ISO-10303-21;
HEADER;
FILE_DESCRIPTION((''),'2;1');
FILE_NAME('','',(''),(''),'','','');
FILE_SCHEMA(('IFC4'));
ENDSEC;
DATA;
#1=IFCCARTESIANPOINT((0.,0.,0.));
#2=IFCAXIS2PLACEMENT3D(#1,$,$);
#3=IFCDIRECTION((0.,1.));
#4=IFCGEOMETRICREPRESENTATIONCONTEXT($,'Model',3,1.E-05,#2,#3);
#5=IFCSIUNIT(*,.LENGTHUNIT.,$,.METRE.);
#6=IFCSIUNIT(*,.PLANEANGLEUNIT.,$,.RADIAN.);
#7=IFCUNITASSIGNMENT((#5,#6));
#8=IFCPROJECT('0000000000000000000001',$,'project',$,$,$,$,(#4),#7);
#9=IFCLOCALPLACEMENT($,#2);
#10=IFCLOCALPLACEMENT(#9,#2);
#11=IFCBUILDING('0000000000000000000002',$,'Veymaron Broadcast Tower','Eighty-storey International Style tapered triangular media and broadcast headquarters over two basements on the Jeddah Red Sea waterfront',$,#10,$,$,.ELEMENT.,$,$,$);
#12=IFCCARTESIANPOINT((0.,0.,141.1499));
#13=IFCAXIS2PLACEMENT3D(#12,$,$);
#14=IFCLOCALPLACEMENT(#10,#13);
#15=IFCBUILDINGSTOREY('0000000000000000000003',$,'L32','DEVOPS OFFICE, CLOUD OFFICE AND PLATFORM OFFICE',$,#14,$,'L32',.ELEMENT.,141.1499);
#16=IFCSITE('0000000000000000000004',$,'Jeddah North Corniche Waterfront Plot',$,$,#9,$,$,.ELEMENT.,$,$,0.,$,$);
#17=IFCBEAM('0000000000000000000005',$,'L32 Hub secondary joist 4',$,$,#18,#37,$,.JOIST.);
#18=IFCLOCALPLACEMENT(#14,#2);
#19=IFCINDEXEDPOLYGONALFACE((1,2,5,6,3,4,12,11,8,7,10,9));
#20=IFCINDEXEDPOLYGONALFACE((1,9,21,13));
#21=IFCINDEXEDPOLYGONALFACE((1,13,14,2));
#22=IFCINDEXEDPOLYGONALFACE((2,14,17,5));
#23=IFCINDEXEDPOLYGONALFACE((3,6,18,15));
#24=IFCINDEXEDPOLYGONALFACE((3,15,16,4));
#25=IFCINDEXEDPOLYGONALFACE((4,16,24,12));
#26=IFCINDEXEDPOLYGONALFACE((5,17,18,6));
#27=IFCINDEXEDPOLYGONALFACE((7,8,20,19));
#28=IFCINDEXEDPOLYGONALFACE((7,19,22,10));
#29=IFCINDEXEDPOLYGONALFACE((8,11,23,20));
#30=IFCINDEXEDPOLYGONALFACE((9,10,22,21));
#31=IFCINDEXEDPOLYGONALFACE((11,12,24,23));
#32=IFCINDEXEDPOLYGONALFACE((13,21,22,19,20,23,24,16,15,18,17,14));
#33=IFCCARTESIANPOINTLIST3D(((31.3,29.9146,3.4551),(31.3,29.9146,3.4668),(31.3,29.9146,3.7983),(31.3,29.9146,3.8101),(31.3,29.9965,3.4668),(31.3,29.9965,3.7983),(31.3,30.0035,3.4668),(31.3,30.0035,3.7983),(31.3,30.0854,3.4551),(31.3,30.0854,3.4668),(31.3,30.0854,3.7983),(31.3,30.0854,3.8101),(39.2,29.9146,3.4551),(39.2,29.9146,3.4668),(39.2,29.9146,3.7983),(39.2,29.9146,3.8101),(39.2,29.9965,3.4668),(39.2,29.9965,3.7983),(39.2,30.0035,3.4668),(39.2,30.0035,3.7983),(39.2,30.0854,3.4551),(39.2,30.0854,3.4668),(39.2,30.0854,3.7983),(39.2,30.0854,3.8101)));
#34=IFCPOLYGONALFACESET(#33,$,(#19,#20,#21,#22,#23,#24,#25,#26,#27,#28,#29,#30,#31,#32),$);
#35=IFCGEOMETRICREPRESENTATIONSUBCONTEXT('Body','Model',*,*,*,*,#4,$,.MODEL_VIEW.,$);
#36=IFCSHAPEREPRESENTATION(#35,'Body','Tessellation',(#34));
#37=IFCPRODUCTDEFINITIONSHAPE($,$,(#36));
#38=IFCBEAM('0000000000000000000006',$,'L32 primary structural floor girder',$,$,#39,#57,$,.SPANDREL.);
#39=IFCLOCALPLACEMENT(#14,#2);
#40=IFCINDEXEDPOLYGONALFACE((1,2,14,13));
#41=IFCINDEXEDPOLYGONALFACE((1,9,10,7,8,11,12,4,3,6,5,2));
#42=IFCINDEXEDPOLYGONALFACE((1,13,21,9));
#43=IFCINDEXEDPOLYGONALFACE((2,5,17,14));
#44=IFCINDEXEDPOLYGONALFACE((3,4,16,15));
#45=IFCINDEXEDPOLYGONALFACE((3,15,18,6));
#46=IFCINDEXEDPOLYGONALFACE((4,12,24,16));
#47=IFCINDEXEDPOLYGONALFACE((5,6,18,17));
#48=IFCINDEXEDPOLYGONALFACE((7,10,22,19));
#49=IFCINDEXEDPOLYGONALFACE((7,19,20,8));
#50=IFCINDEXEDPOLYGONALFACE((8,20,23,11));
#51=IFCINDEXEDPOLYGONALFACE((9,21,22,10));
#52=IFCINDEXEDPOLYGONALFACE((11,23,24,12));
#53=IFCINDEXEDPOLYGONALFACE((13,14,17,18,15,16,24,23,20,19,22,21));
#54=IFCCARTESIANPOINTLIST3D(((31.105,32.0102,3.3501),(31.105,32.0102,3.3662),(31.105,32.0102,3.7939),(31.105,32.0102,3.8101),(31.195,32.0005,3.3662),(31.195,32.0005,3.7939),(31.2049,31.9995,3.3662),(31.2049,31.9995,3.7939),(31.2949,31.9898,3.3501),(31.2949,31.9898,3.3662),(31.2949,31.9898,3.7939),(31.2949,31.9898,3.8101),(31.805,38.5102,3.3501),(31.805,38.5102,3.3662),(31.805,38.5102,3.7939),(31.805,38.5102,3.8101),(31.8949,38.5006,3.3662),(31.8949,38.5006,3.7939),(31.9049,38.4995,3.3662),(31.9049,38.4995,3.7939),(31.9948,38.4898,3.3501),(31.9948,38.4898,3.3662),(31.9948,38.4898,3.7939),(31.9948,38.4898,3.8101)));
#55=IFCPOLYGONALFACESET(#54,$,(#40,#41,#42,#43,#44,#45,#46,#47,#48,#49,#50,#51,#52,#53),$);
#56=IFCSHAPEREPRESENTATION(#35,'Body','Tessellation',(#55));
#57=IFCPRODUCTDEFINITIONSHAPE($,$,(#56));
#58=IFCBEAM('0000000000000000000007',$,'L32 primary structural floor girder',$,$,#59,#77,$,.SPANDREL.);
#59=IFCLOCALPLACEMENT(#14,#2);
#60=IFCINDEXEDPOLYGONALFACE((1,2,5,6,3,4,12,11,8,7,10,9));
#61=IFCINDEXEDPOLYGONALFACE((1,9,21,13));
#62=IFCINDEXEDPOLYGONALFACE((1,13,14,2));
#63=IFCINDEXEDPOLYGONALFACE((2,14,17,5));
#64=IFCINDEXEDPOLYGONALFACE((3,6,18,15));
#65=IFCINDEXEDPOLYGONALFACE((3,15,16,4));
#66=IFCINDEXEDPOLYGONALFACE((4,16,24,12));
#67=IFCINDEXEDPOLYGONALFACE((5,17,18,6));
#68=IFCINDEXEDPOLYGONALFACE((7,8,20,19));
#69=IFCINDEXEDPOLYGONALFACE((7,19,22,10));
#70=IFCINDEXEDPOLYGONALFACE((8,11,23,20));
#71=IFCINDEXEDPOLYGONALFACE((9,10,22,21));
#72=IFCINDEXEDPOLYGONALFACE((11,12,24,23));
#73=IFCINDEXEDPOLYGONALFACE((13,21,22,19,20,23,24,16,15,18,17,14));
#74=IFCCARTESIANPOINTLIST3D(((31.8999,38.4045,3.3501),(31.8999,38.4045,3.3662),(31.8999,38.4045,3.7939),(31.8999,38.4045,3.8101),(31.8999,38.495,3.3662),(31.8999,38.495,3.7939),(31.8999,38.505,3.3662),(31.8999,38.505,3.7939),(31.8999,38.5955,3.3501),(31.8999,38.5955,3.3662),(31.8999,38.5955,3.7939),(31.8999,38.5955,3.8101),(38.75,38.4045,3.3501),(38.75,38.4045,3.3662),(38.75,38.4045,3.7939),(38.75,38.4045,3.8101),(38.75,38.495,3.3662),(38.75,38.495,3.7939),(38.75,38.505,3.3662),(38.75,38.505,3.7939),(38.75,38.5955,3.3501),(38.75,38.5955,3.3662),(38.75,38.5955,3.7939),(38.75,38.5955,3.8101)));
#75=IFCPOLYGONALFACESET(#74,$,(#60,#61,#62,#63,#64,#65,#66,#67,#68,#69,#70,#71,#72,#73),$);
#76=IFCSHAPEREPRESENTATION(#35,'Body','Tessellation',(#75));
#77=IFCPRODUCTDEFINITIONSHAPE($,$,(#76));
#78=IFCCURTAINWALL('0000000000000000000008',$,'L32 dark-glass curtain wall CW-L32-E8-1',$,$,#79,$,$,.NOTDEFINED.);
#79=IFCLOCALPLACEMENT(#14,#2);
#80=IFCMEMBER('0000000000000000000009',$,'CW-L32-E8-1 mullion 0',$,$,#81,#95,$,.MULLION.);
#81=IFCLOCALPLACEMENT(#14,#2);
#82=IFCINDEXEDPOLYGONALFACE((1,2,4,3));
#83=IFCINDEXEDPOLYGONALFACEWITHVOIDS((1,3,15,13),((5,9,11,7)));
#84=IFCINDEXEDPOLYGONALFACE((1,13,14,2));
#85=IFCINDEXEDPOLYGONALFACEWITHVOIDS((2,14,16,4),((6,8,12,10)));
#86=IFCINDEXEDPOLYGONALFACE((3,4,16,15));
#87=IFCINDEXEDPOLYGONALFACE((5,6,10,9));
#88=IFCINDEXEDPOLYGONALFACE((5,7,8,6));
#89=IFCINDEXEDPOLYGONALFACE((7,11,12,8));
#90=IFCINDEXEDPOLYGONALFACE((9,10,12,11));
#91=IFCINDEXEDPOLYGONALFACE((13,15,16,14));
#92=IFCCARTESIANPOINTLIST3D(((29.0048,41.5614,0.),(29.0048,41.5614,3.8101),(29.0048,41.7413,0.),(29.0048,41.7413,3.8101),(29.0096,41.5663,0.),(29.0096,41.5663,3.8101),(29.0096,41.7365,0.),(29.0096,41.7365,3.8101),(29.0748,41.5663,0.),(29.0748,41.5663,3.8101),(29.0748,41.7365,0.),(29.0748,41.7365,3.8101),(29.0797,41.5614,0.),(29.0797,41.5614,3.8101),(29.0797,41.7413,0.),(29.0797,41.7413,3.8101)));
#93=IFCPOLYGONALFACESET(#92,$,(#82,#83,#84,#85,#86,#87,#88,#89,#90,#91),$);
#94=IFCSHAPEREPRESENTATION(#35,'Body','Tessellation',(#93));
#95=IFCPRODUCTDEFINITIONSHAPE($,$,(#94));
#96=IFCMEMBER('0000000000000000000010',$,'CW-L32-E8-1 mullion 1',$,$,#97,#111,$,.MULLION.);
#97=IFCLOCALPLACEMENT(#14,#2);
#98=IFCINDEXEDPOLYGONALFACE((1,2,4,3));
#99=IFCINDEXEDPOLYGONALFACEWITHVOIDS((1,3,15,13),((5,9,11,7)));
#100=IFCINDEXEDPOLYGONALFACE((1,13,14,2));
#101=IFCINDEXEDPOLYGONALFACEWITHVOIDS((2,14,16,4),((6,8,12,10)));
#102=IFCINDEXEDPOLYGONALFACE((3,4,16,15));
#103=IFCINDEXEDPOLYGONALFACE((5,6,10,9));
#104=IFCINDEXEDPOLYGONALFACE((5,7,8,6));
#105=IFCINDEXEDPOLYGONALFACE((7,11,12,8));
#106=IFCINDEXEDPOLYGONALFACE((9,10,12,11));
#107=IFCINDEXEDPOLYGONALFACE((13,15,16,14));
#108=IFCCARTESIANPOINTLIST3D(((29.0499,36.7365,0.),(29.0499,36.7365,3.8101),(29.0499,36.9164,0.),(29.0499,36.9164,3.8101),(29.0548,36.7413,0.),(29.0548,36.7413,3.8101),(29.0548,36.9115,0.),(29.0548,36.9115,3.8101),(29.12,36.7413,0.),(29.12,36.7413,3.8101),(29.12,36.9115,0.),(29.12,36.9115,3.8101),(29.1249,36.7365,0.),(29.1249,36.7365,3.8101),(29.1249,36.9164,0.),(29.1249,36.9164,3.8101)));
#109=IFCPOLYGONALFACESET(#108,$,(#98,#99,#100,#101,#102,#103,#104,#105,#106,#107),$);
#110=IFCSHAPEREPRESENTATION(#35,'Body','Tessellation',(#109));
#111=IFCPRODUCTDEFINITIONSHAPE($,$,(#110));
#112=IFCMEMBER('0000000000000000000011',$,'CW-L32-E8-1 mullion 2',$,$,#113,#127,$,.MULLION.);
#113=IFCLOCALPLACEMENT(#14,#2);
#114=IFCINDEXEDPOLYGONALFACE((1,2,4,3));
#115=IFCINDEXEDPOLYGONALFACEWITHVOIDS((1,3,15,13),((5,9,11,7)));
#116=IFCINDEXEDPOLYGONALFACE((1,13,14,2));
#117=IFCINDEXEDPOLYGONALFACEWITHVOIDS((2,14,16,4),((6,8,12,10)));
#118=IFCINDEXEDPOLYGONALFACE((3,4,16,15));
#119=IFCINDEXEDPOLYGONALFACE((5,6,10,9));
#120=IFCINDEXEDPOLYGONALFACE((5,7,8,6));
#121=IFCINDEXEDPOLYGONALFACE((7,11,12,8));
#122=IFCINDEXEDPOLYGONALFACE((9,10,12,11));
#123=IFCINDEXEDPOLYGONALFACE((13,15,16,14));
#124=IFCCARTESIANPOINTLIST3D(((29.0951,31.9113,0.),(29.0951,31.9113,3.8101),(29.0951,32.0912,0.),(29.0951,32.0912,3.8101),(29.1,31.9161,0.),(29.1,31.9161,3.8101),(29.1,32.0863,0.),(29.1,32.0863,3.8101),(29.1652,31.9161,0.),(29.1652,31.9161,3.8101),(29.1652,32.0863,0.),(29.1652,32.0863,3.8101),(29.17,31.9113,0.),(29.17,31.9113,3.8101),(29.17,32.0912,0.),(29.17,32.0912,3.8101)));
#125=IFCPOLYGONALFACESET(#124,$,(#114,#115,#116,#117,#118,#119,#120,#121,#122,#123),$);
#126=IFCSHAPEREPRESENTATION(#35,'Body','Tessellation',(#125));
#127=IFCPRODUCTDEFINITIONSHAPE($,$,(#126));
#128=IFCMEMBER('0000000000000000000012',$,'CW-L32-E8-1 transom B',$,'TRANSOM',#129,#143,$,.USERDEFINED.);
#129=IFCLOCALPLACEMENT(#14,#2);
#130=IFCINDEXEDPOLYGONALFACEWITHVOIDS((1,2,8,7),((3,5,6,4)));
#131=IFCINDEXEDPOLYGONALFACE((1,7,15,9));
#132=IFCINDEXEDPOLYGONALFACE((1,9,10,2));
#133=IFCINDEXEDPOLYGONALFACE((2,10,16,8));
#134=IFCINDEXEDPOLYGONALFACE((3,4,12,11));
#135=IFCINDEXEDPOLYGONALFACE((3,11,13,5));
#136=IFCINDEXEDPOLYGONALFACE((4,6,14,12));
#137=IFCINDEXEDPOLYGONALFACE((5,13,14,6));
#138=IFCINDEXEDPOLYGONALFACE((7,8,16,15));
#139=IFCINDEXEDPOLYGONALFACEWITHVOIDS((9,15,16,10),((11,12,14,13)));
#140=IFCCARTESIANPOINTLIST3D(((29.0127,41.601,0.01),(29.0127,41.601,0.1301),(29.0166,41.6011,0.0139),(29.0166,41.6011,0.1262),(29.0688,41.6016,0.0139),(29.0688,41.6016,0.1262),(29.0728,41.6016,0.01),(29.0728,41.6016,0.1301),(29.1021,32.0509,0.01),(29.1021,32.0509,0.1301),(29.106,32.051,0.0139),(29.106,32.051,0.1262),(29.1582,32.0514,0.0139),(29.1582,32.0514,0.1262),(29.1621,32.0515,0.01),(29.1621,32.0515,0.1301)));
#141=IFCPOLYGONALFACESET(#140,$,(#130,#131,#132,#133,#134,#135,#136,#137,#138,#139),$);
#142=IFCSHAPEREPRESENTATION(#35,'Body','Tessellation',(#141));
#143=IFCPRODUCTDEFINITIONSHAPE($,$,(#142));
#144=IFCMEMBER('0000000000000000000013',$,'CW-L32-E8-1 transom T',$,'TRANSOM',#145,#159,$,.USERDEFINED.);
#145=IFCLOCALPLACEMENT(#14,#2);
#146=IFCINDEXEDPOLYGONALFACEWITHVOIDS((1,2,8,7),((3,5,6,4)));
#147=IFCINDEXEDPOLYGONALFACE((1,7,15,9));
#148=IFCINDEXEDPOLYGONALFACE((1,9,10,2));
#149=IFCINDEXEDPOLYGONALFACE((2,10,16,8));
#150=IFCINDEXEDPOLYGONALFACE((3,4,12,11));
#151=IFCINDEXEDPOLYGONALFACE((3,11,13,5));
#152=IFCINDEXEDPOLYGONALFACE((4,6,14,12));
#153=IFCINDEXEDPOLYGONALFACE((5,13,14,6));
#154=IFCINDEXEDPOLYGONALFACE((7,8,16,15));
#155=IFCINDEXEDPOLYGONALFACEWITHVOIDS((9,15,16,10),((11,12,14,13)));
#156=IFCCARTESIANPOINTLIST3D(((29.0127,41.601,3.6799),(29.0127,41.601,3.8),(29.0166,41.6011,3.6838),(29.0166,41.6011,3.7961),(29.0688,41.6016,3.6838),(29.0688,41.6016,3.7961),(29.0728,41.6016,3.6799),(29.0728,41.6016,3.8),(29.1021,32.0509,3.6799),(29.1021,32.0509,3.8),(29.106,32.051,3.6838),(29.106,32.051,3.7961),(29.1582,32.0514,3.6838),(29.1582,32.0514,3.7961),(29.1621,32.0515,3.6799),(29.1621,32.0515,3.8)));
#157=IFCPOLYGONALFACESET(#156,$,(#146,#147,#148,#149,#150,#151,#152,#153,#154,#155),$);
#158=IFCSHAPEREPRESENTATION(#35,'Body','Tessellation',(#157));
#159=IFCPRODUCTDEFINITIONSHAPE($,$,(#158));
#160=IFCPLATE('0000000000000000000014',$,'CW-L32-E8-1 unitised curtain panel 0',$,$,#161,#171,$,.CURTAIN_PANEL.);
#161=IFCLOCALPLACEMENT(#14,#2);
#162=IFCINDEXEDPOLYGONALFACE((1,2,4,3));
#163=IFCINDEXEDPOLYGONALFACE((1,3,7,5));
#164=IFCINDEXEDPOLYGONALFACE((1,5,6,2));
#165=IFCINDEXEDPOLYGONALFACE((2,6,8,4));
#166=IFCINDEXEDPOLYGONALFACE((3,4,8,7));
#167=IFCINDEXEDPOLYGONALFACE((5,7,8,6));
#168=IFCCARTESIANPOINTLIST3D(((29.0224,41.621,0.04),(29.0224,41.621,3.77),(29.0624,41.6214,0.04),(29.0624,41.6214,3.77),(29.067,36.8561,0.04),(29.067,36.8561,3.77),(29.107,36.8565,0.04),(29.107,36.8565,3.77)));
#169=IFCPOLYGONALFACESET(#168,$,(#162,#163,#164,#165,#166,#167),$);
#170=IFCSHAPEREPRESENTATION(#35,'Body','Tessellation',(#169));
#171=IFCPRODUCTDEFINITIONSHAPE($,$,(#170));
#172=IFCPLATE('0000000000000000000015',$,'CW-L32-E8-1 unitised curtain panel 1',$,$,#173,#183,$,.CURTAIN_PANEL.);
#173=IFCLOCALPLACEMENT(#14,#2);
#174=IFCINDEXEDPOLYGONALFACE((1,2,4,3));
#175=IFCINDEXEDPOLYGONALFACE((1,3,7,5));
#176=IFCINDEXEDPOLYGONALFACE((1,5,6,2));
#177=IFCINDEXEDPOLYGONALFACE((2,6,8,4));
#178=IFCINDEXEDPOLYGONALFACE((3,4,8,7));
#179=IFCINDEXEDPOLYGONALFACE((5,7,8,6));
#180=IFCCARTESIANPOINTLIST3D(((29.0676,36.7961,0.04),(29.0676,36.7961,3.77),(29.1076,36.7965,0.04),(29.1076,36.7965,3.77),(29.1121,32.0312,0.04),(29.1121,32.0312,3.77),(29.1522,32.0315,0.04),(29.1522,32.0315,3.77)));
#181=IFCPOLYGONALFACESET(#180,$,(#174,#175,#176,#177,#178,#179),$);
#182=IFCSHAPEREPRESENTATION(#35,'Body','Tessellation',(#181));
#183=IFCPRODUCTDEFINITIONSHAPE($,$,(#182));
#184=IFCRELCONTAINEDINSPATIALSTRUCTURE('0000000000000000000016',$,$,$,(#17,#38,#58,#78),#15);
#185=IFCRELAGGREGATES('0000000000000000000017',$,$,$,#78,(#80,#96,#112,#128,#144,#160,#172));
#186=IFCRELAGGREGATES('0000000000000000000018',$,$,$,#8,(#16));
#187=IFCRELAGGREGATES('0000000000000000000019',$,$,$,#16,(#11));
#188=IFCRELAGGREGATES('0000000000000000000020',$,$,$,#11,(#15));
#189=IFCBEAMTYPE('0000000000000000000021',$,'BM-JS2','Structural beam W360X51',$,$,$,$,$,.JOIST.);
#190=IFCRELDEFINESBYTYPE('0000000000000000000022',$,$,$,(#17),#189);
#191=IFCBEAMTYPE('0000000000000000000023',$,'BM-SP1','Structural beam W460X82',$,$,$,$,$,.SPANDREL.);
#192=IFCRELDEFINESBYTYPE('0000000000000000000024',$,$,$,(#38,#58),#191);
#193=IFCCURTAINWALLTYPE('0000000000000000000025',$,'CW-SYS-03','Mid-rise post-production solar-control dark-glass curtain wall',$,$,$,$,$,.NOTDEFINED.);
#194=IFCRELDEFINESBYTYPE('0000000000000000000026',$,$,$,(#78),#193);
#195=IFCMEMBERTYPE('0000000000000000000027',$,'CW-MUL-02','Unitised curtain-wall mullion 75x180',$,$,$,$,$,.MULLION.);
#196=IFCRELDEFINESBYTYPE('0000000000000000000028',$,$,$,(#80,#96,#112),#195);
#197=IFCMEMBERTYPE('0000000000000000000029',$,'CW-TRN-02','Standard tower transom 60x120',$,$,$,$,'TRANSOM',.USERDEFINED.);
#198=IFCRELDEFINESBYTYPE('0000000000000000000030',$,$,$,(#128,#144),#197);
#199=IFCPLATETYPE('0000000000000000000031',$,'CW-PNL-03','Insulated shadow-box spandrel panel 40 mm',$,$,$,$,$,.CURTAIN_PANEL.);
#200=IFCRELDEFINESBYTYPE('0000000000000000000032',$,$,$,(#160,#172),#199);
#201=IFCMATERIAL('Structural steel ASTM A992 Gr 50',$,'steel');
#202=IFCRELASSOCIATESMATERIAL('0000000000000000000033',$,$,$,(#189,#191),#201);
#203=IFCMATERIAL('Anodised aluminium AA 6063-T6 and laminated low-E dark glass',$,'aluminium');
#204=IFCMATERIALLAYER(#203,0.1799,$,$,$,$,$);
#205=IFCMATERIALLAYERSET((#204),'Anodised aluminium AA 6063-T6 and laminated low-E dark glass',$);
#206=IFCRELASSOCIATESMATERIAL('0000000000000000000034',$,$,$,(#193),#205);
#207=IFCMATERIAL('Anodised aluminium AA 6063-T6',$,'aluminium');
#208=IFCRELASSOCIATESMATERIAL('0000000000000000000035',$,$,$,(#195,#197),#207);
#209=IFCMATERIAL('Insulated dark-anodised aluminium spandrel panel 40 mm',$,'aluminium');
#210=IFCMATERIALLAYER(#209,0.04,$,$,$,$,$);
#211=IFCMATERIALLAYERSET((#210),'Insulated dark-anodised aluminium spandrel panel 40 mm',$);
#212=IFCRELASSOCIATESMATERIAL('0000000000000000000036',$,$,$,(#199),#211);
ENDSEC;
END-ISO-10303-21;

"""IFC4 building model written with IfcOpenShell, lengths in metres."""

from ifc_helpers import new_model, si_unit, direction, frame, origin, origin_2d, place, context, subcontext, project, spatial, rectangle, hollow_rectangle, i_section, extrude, material, layer, layer_set, material_profile, profile_set, type_object, element, aggregate, save


model = new_model("IFC4")

# Units and contexts
model_context = context("Model", 3, precision=1e-05, world=origin(), true_north=direction((0.0, 1.0)))
body_context = subcontext(model_context, "Body", "Model", "MODEL_VIEW")
ifc_project = project(units=[si_unit("LENGTHUNIT", "METRE"), si_unit("PLANEANGLEUNIT", "RADIAN")], contexts=[model_context])

# Site, building, storey
site_placement = place(None, origin())
site = spatial("IfcSite", under=ifc_project, at=site_placement, Name="Jeddah North Corniche Waterfront Plot", CompositionType="ELEMENT", RefElevation=0.0)
building_placement = place(site_placement, origin())
building = spatial("IfcBuilding", under=site, at=building_placement, Name="Veymaron Broadcast Tower", Description="Eighty-storey International Style tapered triangular media and broadcast headquarters over two basements on the Jeddah Red Sea waterfront", CompositionType="ELEMENT")
storey_placement = place(building_placement, frame((0.0, 0.0, 141.1499)))
storey = spatial("IfcBuildingStorey", under=building, at=storey_placement, Name="L32", Description="DEVOPS OFFICE, CLOUD OFFICE AND PLATFORM OFFICE", LongName="L32", CompositionType="ELEMENT", Elevation=141.1499)

# Shared definitions
ifc_material_1 = material(Name="Structural steel ASTM A992 Gr 50", Category="steel")

# Beams
ifc_material_profile_1 = material_profile(ifc_material_1, i_section(OverallWidth=0.1709, OverallDepth=0.355, WebThickness=0.0071, FlangeThickness=0.0117, at=origin_2d()), Name="W360X51")
ifc_profile_set_1 = profile_set([ifc_material_profile_1], Name="Structural steel ASTM A992 Gr 50")
beam_type_1 = type_object("IfcBeamType", Name="BM-JS2", Description="Structural beam W360X51", PredefinedType="JOIST", material=ifc_profile_set_1)
for number, where, z_axis, x_axis, name in (
    (1, (31.3, 30.0, 3.6326), (1.0, 0.0, 0.0), (0.0, 1.0, 0.0), "L32 Hub secondary joist 4"),
):
    element("IfcBeam", number, at=place(storey_placement, frame(where, z_axis=z_axis, x_axis=x_axis)), inside=storey, type_object=beam_type_1, Name=name, PredefinedType="JOIST", context=body_context, shape_type="SweptSolid", body=[
        extrude(i_section(OverallWidth=0.1709, OverallDepth=0.355, WebThickness=0.0071, FlangeThickness=0.0117, at=origin_2d()), origin(), (0.0, 0.0, 1.0), 7.8999),
    ])
ifc_material_profile_2 = material_profile(ifc_material_1, i_section(OverallWidth=0.1909, OverallDepth=0.46, WebThickness=0.01, FlangeThickness=0.0161, at=origin_2d()), Name="W460X82")
ifc_profile_set_2 = profile_set([ifc_material_profile_2], Name="Structural steel ASTM A992 Gr 50")
beam_type_2 = type_object("IfcBeamType", Name="BM-SP1", Description="Structural beam W460X82", PredefinedType="SPANDREL", material=ifc_profile_set_2)
beam_1_placement = place(storey_placement, frame((31.2, 32.0, 3.5801), z_axis=(0.107066, 0.994252, 0.0), x_axis=(-0.994252, 0.107066, 0.0)))
element("IfcBeam", 2, at=beam_1_placement, inside=storey, type_object=beam_type_2, Name="L32 primary structural floor girder", PredefinedType="SPANDREL", context=body_context, shape_type="SweptSolid", body=[
    extrude(i_section(OverallWidth=0.1909, OverallDepth=0.46, WebThickness=0.01, FlangeThickness=0.0161, at=origin_2d()), origin(), (0.0, 0.0, 1.0), 6.5376),
])
beam_2_placement = place(storey_placement, frame((31.8999, 38.5, 3.5801), z_axis=(1.0, 0.0, 0.0), x_axis=(0.0, 1.0, 0.0)))
element("IfcBeam", 3, at=beam_2_placement, inside=storey, type_object=beam_type_2, Name="L32 primary structural floor girder", PredefinedType="SPANDREL", context=body_context, shape_type="SweptSolid", body=[
    extrude(i_section(OverallWidth=0.1909, OverallDepth=0.46, WebThickness=0.01, FlangeThickness=0.0161, at=origin_2d()), origin(), (0.0, 0.0, 1.0), 6.8501),
])

# Curtain wall, members, plates
ifc_material_2 = material(Name="Anodised aluminium AA 6063-T6 and laminated low-E dark glass", Category="aluminium")
ifc_layer_1 = layer(ifc_material_2, 0.1799)
ifc_layer_set_1 = layer_set([ifc_layer_1], Name="Anodised aluminium AA 6063-T6 and laminated low-E dark glass")
curtain_wall_type = type_object("IfcCurtainWallType", Name="CW-SYS-03", Description="Mid-rise post-production solar-control dark-glass curtain wall", PredefinedType="NOTDEFINED", material=ifc_layer_set_1)
curtain_wall_placement = place(storey_placement, origin())
curtain_wall = element("IfcCurtainWall", 4, at=curtain_wall_placement, inside=storey, type_object=curtain_wall_type, Name="L32 dark-glass curtain wall CW-L32-E8-1", PredefinedType="NOTDEFINED")
ifc_material_3 = material(Name="Anodised aluminium AA 6063-T6", Category="aluminium")
ifc_material_profile_3 = material_profile(ifc_material_3, hollow_rectangle(XDim=0.075, YDim=0.1799, WallThickness=0.0049, at=origin_2d()), Name="AL180X75X5")
ifc_profile_set_3 = profile_set([ifc_material_profile_3], Name="Anodised aluminium AA 6063-T6")
member_type_1 = type_object("IfcMemberType", Name="CW-MUL-02", Description="Unitised curtain-wall mullion 75x180", PredefinedType="MULLION", material=ifc_profile_set_3)
member_1_placement = place(storey_placement, frame((29.0422, 41.6514, 0.0), z_axis=(0.0, 0.0, 1.0), x_axis=(1.0, 0.0, 0.0)))
member_1 = element("IfcMember", 5, at=member_1_placement, type_object=member_type_1, Name="CW-L32-E8-1 mullion 0", PredefinedType="MULLION", context=body_context, shape_type="SweptSolid", body=[
    extrude(hollow_rectangle(XDim=0.075, YDim=0.1799, WallThickness=0.0049, at=origin_2d()), origin(), (0.0, 0.0, 1.0), 3.8101),
])
member_2_placement = place(storey_placement, frame((29.0874, 36.8264, 0.0), z_axis=(0.0, 0.0, 1.0), x_axis=(1.0, 0.0, 0.0)))
member_2 = element("IfcMember", 6, at=member_2_placement, type_object=member_type_1, Name="CW-L32-E8-1 mullion 1", PredefinedType="MULLION", context=body_context, shape_type="SweptSolid", body=[
    extrude(hollow_rectangle(XDim=0.075, YDim=0.1799, WallThickness=0.0049, at=origin_2d()), origin(), (0.0, 0.0, 1.0), 3.8101),
])
member_3_placement = place(storey_placement, frame((29.1326, 32.0012, 0.0), z_axis=(0.0, 0.0, 1.0), x_axis=(1.0, 0.0, 0.0)))
member_3 = element("IfcMember", 7, at=member_3_placement, type_object=member_type_1, Name="CW-L32-E8-1 mullion 2", PredefinedType="MULLION", context=body_context, shape_type="SweptSolid", body=[
    extrude(hollow_rectangle(XDim=0.075, YDim=0.1799, WallThickness=0.0049, at=origin_2d()), origin(), (0.0, 0.0, 1.0), 3.8101),
])
ifc_material_profile_4 = material_profile(ifc_material_3, hollow_rectangle(XDim=0.0601, YDim=0.1201, WallThickness=0.0039, at=origin_2d()), Name="AL120X60X4")
ifc_profile_set_4 = profile_set([ifc_material_profile_4], Name="Anodised aluminium AA 6063-T6")
member_type_2 = type_object("IfcMemberType", Name="CW-TRN-02", Description="Standard tower transom 60x120", ElementType="TRANSOM", PredefinedType="USERDEFINED", material=ifc_profile_set_4)
member_4_placement = place(storey_placement, frame((29.0427, 41.6013, 0.0701), z_axis=(0.009356, -0.999956, 0.0), x_axis=(0.999956, 0.009356, 0.0)))
member_4 = element("IfcMember", 8, at=member_4_placement, type_object=member_type_2, Name="CW-L32-E8-1 transom B", ObjectType="TRANSOM", PredefinedType="USERDEFINED", context=body_context, shape_type="SweptSolid", body=[
    extrude(hollow_rectangle(XDim=0.0601, YDim=0.1201, WallThickness=0.0039, at=origin_2d()), origin(), (0.0, 0.0, 1.0), 9.5505),
])
member_5_placement = place(storey_placement, frame((29.0427, 41.6013, 3.74), z_axis=(0.009356, -0.999956, 0.0), x_axis=(0.999956, 0.009356, 0.0)))
member_5 = element("IfcMember", 9, at=member_5_placement, type_object=member_type_2, Name="CW-L32-E8-1 transom T", ObjectType="TRANSOM", PredefinedType="USERDEFINED", context=body_context, shape_type="SweptSolid", body=[
    extrude(hollow_rectangle(XDim=0.0601, YDim=0.1201, WallThickness=0.0039, at=origin_2d()), origin(), (0.0, 0.0, 1.0), 9.5505),
])
ifc_material_4 = material(Name="Insulated dark-anodised aluminium spandrel panel 40 mm", Category="aluminium")
ifc_layer_2 = layer(ifc_material_4, 0.04)
ifc_layer_set_2 = layer_set([ifc_layer_2], Name="Insulated dark-anodised aluminium spandrel panel 40 mm")
plate_type = type_object("IfcPlateType", Name="CW-PNL-03", Description="Insulated shadow-box spandrel panel 40 mm", PredefinedType="CURTAIN_PANEL", material=ifc_layer_set_2)
plate_1_placement = place(storey_placement, frame((29.0647, 39.2388, 0.04), z_axis=(0.0, 0.0, 1.0), x_axis=(0.009355, -0.999956, 0.0)))
plate_1 = element("IfcPlate", 10, at=plate_1_placement, type_object=plate_type, Name="CW-L32-E8-1 unitised curtain panel 0", PredefinedType="CURTAIN_PANEL", context=body_context, shape_type="SweptSolid", body=[
    extrude(rectangle(XDim=4.7651, YDim=0.04, at=origin_2d()), origin(), (0.0, 0.0, 1.0), 3.73),
])
plate_2_placement = place(storey_placement, frame((29.1099, 34.4138, 0.04), z_axis=(0.0, 0.0, 1.0), x_axis=(0.009355, -0.999956, 0.0)))
plate_2 = element("IfcPlate", 11, at=plate_2_placement, type_object=plate_type, Name="CW-L32-E8-1 unitised curtain panel 1", PredefinedType="CURTAIN_PANEL", context=body_context, shape_type="SweptSolid", body=[
    extrude(rectangle(XDim=4.7651, YDim=0.04, at=origin_2d()), origin(), (0.0, 0.0, 1.0), 3.73),
])
aggregate(curtain_wall, [member_1, member_2, member_3, member_4, member_5, plate_1, plate_2])

save(model, "model.ifc")
